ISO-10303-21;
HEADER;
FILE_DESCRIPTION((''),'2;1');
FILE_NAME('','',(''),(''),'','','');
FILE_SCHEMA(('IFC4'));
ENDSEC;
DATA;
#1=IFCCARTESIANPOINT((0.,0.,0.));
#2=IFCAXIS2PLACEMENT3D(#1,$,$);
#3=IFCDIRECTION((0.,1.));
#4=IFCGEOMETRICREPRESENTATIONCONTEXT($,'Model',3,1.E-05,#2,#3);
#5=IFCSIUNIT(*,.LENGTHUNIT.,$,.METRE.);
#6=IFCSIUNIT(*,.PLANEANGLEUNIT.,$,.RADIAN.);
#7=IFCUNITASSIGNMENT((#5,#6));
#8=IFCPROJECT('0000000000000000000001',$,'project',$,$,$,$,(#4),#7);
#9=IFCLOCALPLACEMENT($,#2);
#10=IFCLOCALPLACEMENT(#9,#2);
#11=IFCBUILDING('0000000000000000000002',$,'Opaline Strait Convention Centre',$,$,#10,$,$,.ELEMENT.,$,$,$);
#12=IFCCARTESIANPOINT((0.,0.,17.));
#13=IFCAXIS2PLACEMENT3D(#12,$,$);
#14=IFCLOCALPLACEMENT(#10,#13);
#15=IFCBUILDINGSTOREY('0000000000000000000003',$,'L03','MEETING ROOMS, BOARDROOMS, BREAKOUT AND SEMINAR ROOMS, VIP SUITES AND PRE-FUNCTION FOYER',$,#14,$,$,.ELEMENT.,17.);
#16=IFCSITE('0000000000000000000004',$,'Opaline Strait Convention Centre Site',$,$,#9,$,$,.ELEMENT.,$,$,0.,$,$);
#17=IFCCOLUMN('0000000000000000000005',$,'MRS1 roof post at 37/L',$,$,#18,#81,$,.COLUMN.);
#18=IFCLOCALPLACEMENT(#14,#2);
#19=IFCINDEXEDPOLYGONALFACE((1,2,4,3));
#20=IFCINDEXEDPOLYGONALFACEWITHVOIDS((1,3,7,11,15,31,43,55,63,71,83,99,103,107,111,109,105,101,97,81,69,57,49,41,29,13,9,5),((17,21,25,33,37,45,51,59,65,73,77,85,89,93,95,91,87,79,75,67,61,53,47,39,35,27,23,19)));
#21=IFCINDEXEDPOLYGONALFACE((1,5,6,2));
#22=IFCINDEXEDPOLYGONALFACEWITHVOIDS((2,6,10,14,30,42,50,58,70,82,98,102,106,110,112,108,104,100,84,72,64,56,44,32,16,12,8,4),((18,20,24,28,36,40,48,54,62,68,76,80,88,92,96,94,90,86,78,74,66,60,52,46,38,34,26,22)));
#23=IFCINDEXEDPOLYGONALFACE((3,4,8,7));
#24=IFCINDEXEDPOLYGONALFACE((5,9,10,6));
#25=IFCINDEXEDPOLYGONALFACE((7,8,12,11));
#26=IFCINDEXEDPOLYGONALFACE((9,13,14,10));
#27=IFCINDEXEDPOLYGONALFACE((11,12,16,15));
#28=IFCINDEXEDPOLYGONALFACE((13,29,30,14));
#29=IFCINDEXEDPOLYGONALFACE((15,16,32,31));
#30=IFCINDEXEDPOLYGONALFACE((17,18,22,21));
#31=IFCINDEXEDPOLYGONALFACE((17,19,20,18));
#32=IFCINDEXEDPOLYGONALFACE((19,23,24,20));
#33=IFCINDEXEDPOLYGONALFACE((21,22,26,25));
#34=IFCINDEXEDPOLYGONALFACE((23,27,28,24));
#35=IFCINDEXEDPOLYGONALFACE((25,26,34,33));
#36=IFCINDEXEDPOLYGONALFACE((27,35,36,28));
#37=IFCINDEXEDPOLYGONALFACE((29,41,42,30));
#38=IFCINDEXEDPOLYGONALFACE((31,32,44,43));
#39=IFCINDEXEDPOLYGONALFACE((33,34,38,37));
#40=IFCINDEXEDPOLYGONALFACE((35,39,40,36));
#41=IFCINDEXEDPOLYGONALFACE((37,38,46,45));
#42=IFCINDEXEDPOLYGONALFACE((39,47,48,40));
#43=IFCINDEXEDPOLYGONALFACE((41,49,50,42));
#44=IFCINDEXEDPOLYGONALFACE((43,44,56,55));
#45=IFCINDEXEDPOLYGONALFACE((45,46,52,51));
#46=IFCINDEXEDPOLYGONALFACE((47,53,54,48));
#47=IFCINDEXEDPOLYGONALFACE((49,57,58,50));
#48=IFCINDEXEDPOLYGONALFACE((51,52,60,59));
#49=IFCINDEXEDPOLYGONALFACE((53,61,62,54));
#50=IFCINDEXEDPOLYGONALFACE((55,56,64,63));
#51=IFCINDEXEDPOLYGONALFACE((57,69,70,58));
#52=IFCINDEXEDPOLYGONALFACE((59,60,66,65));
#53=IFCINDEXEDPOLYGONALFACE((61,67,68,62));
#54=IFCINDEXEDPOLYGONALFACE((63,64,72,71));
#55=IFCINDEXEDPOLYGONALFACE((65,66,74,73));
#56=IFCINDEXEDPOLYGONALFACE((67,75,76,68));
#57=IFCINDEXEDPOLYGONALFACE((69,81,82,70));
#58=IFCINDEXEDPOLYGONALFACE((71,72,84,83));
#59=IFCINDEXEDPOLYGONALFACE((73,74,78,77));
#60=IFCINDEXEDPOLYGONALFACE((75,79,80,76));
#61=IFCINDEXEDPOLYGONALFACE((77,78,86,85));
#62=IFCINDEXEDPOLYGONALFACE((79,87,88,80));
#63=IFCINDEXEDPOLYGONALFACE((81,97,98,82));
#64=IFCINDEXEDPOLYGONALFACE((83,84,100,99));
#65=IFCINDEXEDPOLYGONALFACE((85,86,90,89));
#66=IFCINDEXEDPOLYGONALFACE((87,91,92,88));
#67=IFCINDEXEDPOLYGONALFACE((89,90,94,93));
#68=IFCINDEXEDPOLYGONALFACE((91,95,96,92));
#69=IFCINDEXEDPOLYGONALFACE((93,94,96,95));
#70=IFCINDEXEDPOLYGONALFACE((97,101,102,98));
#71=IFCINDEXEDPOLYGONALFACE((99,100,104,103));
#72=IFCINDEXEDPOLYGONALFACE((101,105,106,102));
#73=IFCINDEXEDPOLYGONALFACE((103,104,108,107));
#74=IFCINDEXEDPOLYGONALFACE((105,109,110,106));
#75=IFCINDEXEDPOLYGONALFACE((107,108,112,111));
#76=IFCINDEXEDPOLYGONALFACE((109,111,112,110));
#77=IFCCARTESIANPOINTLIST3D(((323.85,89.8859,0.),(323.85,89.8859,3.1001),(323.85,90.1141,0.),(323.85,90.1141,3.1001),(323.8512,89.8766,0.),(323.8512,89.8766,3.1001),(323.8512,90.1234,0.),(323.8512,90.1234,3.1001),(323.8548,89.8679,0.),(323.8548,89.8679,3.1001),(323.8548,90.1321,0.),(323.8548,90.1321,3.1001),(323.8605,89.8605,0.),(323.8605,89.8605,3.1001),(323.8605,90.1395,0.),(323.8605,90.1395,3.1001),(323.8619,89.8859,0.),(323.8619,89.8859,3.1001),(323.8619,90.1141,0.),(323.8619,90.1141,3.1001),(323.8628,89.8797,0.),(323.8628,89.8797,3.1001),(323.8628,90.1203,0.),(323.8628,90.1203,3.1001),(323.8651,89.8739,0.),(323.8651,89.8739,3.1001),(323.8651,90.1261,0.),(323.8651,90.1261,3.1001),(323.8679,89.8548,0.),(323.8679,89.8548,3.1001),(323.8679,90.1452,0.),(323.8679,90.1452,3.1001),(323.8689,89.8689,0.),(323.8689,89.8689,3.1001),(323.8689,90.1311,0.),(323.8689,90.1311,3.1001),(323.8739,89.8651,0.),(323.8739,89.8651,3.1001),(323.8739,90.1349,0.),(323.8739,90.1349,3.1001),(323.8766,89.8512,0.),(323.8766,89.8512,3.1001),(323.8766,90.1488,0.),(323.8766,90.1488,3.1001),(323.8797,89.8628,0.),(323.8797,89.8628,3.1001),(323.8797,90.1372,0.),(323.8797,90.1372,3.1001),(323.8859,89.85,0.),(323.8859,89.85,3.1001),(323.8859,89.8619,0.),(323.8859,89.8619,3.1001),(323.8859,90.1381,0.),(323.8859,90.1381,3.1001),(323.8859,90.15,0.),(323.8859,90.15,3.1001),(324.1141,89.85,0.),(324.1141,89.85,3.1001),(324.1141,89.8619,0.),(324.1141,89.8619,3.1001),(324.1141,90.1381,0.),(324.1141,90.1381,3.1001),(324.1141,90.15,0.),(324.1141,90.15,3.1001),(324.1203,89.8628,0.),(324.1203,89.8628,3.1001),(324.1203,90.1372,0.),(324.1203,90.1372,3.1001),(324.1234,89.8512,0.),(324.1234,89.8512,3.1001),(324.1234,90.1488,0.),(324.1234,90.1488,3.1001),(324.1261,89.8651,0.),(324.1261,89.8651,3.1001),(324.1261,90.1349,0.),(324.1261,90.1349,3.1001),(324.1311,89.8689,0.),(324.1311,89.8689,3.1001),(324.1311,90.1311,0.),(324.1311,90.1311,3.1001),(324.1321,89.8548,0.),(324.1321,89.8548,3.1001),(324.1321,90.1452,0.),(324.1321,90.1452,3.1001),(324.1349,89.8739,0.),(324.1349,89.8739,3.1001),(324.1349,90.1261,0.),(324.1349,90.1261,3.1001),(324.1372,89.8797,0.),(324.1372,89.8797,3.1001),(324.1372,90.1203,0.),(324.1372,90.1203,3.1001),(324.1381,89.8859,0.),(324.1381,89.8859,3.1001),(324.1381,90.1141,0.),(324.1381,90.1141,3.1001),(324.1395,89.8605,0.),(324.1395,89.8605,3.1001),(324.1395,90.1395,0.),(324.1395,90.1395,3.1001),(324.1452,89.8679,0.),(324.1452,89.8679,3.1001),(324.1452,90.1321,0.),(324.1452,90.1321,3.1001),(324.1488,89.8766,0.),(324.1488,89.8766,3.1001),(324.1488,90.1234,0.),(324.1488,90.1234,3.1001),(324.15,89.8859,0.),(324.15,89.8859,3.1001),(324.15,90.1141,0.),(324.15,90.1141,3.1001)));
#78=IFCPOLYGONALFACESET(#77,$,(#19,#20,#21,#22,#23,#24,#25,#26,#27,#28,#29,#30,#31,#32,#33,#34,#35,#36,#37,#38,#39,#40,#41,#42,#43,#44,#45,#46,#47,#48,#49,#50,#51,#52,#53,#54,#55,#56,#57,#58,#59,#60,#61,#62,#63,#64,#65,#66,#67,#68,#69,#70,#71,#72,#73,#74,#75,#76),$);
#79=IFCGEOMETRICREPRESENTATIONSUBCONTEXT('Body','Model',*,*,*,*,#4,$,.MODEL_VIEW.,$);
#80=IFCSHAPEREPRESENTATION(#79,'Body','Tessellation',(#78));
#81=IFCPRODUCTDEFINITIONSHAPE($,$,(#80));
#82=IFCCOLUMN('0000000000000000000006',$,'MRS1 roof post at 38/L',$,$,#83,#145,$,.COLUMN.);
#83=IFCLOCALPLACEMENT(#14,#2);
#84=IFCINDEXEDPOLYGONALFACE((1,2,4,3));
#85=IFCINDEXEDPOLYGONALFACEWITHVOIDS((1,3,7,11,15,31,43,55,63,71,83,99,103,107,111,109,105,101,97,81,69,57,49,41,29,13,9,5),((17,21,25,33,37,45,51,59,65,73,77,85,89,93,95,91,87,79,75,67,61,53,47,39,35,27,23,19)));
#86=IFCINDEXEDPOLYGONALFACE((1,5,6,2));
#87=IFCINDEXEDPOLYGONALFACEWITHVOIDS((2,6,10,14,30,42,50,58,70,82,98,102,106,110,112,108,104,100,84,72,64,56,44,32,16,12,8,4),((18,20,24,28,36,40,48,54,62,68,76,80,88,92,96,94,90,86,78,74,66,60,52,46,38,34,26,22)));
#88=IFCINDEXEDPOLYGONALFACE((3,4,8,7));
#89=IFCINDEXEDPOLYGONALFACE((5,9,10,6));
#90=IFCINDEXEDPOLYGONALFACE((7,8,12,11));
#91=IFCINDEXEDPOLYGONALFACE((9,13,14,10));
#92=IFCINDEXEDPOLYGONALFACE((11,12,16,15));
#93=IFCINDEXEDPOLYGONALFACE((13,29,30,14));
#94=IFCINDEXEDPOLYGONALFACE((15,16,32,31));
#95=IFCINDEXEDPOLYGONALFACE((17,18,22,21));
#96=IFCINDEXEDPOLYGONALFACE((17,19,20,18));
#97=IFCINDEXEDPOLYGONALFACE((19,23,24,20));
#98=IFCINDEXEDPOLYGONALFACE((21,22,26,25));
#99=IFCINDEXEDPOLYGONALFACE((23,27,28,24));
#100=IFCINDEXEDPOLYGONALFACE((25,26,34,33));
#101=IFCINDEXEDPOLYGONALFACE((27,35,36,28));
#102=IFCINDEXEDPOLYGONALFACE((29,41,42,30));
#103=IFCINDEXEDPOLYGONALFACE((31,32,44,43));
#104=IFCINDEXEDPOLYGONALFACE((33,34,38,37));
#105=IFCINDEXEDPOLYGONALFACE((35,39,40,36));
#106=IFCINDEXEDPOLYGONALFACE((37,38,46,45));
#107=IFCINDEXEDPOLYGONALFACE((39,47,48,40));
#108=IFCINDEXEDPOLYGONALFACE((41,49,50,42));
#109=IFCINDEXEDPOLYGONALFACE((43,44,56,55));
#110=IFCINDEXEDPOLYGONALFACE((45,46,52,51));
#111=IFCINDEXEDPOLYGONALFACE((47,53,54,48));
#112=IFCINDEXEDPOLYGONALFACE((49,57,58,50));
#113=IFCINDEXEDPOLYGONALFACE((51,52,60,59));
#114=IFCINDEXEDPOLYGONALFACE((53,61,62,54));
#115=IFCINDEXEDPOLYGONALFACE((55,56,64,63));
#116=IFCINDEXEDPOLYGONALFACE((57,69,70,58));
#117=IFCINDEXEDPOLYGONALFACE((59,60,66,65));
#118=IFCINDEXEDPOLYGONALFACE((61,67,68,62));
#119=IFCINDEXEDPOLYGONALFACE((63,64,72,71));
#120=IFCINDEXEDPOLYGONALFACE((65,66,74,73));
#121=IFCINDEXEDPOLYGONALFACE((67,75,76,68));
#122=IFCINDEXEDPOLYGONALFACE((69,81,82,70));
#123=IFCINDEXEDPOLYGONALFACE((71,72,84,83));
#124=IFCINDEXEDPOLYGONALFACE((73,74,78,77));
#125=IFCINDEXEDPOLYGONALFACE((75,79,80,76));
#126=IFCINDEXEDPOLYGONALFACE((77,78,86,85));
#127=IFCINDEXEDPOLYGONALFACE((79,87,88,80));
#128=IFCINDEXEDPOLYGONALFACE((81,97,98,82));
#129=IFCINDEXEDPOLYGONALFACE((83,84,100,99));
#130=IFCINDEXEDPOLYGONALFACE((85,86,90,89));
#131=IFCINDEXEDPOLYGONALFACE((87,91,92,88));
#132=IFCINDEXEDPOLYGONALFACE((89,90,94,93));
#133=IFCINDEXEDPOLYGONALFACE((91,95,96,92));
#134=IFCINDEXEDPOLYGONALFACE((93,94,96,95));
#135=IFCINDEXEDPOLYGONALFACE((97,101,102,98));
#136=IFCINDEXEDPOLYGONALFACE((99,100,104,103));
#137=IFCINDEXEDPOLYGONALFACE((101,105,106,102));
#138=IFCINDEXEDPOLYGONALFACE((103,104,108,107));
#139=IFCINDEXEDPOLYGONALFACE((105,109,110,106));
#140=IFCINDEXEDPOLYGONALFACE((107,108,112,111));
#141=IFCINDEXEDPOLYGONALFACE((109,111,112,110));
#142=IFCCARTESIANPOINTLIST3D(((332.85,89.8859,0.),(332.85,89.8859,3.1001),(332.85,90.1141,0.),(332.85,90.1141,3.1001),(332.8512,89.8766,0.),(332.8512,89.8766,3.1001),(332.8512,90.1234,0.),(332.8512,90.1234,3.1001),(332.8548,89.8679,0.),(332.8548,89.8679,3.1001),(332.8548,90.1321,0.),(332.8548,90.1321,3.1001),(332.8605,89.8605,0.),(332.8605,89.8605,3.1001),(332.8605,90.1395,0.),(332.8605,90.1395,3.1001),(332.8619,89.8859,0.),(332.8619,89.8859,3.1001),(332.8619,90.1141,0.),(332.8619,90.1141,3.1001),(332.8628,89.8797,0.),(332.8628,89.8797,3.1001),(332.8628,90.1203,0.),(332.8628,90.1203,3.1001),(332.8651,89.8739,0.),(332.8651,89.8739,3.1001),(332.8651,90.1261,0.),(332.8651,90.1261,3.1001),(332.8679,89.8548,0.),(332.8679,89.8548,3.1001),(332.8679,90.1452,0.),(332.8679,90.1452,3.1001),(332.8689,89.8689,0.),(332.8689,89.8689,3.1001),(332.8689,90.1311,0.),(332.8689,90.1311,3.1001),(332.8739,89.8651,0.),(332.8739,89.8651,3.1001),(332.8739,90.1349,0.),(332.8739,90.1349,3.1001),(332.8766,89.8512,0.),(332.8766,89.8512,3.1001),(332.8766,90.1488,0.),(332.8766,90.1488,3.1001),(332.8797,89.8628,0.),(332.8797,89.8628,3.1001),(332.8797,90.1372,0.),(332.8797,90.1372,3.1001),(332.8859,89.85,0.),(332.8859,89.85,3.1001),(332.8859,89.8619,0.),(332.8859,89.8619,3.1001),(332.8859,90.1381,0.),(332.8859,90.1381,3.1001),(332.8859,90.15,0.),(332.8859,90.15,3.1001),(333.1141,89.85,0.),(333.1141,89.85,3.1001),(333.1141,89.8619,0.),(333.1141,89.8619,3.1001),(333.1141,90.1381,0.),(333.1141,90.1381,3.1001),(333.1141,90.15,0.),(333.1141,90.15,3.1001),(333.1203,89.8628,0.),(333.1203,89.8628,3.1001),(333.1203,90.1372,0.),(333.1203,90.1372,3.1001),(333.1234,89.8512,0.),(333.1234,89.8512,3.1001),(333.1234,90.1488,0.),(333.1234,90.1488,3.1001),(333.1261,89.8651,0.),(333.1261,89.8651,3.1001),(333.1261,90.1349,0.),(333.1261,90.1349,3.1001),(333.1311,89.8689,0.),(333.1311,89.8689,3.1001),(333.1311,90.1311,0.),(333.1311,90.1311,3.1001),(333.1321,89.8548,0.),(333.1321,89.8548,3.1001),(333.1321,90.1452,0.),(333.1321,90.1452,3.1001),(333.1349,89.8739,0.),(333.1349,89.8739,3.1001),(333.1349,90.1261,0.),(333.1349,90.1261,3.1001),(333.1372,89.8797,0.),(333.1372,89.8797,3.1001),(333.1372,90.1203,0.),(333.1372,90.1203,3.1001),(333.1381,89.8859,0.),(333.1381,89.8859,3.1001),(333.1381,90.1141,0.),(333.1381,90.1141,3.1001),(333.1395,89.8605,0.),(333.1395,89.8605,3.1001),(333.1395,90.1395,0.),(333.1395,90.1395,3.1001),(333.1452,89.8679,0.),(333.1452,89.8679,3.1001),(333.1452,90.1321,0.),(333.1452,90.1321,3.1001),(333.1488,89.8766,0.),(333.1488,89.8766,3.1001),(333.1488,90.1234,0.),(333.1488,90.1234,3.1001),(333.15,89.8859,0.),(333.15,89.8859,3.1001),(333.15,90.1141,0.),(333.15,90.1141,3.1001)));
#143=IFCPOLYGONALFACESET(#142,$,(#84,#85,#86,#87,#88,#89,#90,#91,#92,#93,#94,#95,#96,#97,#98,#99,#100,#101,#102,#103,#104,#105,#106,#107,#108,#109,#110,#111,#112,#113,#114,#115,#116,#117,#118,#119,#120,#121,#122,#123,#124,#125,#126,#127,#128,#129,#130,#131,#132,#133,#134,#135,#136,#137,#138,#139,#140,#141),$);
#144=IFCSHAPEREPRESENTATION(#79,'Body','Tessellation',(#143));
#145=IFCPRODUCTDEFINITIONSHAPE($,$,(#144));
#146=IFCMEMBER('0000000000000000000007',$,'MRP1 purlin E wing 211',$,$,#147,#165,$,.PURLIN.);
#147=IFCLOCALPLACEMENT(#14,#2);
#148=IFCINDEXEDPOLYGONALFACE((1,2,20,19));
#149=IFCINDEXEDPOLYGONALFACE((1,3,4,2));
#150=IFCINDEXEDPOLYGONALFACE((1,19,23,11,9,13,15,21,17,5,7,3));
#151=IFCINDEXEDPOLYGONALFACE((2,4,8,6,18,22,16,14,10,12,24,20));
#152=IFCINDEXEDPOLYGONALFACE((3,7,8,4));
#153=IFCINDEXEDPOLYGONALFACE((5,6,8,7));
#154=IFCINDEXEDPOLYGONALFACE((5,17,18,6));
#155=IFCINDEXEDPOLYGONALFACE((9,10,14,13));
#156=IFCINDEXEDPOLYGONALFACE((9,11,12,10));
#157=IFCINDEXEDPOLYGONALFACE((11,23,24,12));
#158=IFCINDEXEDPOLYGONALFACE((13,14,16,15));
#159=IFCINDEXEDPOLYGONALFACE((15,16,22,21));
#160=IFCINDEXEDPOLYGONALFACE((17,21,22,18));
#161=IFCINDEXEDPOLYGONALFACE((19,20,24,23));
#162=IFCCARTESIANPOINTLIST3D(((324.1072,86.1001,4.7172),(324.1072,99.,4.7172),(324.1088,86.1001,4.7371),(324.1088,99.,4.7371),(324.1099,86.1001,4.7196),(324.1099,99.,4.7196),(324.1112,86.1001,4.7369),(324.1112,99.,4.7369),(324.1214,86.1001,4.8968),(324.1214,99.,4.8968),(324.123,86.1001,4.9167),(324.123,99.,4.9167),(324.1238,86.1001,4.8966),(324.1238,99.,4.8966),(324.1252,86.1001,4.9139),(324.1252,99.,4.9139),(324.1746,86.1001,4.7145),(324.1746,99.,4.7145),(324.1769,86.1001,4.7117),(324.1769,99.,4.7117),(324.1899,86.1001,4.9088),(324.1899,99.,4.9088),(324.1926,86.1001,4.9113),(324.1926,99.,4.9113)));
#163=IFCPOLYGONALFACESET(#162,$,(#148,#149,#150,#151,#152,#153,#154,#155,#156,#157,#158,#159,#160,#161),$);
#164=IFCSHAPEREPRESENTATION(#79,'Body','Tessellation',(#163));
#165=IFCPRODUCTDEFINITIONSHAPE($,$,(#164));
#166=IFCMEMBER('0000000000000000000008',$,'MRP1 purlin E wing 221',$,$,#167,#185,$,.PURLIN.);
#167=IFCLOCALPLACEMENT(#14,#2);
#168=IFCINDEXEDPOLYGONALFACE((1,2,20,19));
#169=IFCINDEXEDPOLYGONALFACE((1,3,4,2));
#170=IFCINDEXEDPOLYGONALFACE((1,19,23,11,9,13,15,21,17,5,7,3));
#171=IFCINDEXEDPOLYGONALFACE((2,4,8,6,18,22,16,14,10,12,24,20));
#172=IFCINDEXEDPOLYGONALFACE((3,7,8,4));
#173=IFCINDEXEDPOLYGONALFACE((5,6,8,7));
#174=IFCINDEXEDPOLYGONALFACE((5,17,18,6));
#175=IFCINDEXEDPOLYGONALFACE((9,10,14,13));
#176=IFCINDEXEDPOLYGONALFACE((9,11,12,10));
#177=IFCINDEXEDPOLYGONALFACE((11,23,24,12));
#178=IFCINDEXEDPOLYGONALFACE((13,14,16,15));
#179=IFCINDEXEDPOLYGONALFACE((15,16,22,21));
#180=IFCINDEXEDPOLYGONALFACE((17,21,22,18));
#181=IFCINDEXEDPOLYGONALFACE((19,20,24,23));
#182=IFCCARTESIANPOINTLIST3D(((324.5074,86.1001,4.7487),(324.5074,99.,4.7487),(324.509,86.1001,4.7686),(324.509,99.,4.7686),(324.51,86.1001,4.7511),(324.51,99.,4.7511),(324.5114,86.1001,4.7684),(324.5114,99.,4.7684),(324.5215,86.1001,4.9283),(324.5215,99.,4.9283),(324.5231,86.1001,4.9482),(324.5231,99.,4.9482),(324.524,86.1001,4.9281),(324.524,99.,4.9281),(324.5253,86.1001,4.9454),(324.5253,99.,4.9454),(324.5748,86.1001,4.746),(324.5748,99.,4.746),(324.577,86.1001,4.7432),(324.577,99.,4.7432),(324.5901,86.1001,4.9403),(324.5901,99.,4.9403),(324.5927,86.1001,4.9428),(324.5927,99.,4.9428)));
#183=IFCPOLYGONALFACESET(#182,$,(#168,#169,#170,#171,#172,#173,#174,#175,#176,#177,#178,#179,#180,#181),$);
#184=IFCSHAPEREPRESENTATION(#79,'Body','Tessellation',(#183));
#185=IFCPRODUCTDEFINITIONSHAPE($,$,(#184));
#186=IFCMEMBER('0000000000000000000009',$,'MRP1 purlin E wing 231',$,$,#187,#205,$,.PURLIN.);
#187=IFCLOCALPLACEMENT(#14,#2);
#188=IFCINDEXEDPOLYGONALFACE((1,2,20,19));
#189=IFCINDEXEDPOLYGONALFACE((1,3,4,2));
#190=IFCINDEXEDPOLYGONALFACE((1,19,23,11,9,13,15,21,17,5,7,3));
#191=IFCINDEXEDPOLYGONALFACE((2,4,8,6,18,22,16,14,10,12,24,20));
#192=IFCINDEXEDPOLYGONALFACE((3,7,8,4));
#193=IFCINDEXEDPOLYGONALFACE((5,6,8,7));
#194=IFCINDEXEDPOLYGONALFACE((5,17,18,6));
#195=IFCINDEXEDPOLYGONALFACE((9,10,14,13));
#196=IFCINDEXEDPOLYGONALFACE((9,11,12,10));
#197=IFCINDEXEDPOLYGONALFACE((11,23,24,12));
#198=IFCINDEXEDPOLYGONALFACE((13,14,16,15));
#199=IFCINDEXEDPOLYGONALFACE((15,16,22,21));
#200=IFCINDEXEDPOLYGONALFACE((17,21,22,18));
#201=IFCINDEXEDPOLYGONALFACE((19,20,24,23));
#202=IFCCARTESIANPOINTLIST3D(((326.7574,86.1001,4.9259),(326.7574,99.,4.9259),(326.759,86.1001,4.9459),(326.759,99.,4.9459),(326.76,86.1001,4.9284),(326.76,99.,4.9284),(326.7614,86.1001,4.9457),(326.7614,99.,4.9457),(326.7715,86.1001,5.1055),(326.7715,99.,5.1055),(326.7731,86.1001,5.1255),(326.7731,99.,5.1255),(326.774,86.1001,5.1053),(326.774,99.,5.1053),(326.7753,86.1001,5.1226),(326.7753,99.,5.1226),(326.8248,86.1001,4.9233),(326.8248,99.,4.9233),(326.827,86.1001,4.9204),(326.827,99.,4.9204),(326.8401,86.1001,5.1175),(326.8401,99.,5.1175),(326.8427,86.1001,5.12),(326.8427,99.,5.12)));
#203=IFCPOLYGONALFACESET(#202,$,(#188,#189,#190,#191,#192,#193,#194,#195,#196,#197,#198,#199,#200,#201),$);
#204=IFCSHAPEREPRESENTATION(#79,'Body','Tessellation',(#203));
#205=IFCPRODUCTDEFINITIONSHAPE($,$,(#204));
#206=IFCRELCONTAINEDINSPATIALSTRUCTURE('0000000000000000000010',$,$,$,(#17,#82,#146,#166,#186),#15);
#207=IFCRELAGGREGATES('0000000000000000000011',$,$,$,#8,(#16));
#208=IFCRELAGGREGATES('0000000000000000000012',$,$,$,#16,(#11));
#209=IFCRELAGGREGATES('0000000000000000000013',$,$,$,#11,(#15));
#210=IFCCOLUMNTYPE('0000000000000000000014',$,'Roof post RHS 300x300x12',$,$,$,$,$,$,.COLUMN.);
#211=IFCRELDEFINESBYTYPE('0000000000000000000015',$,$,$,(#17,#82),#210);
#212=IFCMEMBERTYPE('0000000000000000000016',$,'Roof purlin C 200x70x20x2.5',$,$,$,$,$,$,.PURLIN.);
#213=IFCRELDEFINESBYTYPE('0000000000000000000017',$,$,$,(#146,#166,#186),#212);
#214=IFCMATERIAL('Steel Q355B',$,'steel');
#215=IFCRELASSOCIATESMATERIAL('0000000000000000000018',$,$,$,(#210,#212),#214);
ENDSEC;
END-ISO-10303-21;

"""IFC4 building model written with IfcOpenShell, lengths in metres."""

from ifc_helpers import new_model, si_unit, direction, frame, origin, origin_2d, place, context, subcontext, project, spatial, polyline, hollow_rectangle, outline, extrude, material, material_profile, profile_set, type_object, element, save


model = new_model("IFC4")

# Units and contexts
model_context = context("Model", 3, precision=1e-05, world=origin(), true_north=direction((0.0, 1.0)))
body_context = subcontext(model_context, "Body", "Model", "MODEL_VIEW")
ifc_project = project(units=[si_unit("LENGTHUNIT", "METRE"), si_unit("PLANEANGLEUNIT", "RADIAN")], contexts=[model_context])

# Site, building, storey
site_placement = place(None, origin())
site = spatial("IfcSite", under=ifc_project, at=site_placement, Name="Opaline Strait Convention Centre Site", CompositionType="ELEMENT", RefElevation=0.0)
building_placement = place(site_placement, origin())
building = spatial("IfcBuilding", under=site, at=building_placement, Name="Opaline Strait Convention Centre", CompositionType="ELEMENT")
storey_placement = place(building_placement, frame((0.0, 0.0, 17.0)))
storey = spatial("IfcBuildingStorey", under=building, at=storey_placement, Name="L03", Description="MEETING ROOMS, BOARDROOMS, BREAKOUT AND SEMINAR ROOMS, VIP SUITES AND PRE-FUNCTION FOYER", CompositionType="ELEMENT", Elevation=17.0)

# Columns
ifc_material_1 = material(Name="Steel Q355B", Category="steel")
ifc_material_profile_1 = material_profile(ifc_material_1, hollow_rectangle(XDim=0.3, YDim=0.3, WallThickness=0.012, InnerFilletRadius=0.0239, OuterFilletRadius=0.0359, at=origin_2d()), Name="RHS 300x300x12")
ifc_profile_set_1 = profile_set([ifc_material_profile_1], Name="Steel Q355B")
column_type = type_object("IfcColumnType", Name="Roof post RHS 300x300x12", PredefinedType="COLUMN", material=ifc_profile_set_1)
for number, where, z_axis, x_axis, name in (
    (1, (324.0, 90.0, 0.0), (0.0, 0.0, 1.0), (1.0, 0.0, 0.0), "MRS1 roof post at 37/L"),
    (2, (333.0, 90.0, 0.0), (0.0, 0.0, 1.0), (1.0, 0.0, 0.0), "MRS1 roof post at 38/L"),
):
    element("IfcColumn", number, at=place(storey_placement, frame(where, z_axis=z_axis, x_axis=x_axis)), inside=storey, type_object=column_type, Name=name, PredefinedType="COLUMN", context=body_context, shape_type="SweptSolid", body=[
        extrude(hollow_rectangle(XDim=0.3, YDim=0.3, WallThickness=0.012, InnerFilletRadius=0.0239, OuterFilletRadius=0.0359, at=origin_2d()), origin(), (0.0, 0.0, 1.0), 3.1001),
    ])

# Members
ifc_material_profile_2 = material_profile(ifc_material_1, outline(polyline([(-0.0349, -0.1001), (0.0349, -0.1001), (0.0349, -0.0801), (0.0325, -0.0801), (0.0325, -0.0974), (-0.0325, -0.0974), (-0.0325, 0.0974), (0.0325, 0.0974), (0.0325, 0.0801), (0.0349, 0.0801), (0.0349, 0.1001), (-0.0349, 0.1001), (-0.0349, -0.1001)])), Name="C 200x70x20x2.5")
ifc_profile_set_2 = profile_set([ifc_material_profile_2], Name="Steel Q355B")
member_type_1 = type_object("IfcMemberType", Name="Roof purlin C 200x70x20x2.5", PredefinedType="PURLIN", material=ifc_profile_set_2)
for number, where, z_axis, x_axis, name in (
    (3, (324.1499, 86.1001, 4.8142), (0.0, 1.0, 0.0), (-0.996917, 0.0, 0.078459), "MRP1 purlin E wing 211"),
    (4, (324.55, 86.1001, 4.8457), (0.0, 1.0, 0.0), (-0.996917, 0.0, 0.078459), "MRP1 purlin E wing 221"),
    (5, (326.8, 86.1001, 5.0229), (0.0, 1.0, 0.0), (-0.996917, 0.0, 0.078459), "MRP1 purlin E wing 231"),
):
    element("IfcMember", number, at=place(storey_placement, frame(where, z_axis=z_axis, x_axis=x_axis)), inside=storey, type_object=member_type_1, Name=name, PredefinedType="PURLIN", context=body_context, shape_type="SweptSolid", body=[
        extrude(outline(polyline([(-0.0349, -0.1001), (0.0349, -0.1001), (0.0349, -0.0801), (0.0325, -0.0801), (0.0325, -0.0974), (-0.0325, -0.0974), (-0.0325, 0.0974), (0.0325, 0.0974), (0.0325, 0.0801), (0.0349, 0.0801), (0.0349, 0.1001), (-0.0349, 0.1001), (-0.0349, -0.1001)])), origin(), (0.0, 0.0, 1.0), 12.8999),
    ])

save(model, "model.ifc")
